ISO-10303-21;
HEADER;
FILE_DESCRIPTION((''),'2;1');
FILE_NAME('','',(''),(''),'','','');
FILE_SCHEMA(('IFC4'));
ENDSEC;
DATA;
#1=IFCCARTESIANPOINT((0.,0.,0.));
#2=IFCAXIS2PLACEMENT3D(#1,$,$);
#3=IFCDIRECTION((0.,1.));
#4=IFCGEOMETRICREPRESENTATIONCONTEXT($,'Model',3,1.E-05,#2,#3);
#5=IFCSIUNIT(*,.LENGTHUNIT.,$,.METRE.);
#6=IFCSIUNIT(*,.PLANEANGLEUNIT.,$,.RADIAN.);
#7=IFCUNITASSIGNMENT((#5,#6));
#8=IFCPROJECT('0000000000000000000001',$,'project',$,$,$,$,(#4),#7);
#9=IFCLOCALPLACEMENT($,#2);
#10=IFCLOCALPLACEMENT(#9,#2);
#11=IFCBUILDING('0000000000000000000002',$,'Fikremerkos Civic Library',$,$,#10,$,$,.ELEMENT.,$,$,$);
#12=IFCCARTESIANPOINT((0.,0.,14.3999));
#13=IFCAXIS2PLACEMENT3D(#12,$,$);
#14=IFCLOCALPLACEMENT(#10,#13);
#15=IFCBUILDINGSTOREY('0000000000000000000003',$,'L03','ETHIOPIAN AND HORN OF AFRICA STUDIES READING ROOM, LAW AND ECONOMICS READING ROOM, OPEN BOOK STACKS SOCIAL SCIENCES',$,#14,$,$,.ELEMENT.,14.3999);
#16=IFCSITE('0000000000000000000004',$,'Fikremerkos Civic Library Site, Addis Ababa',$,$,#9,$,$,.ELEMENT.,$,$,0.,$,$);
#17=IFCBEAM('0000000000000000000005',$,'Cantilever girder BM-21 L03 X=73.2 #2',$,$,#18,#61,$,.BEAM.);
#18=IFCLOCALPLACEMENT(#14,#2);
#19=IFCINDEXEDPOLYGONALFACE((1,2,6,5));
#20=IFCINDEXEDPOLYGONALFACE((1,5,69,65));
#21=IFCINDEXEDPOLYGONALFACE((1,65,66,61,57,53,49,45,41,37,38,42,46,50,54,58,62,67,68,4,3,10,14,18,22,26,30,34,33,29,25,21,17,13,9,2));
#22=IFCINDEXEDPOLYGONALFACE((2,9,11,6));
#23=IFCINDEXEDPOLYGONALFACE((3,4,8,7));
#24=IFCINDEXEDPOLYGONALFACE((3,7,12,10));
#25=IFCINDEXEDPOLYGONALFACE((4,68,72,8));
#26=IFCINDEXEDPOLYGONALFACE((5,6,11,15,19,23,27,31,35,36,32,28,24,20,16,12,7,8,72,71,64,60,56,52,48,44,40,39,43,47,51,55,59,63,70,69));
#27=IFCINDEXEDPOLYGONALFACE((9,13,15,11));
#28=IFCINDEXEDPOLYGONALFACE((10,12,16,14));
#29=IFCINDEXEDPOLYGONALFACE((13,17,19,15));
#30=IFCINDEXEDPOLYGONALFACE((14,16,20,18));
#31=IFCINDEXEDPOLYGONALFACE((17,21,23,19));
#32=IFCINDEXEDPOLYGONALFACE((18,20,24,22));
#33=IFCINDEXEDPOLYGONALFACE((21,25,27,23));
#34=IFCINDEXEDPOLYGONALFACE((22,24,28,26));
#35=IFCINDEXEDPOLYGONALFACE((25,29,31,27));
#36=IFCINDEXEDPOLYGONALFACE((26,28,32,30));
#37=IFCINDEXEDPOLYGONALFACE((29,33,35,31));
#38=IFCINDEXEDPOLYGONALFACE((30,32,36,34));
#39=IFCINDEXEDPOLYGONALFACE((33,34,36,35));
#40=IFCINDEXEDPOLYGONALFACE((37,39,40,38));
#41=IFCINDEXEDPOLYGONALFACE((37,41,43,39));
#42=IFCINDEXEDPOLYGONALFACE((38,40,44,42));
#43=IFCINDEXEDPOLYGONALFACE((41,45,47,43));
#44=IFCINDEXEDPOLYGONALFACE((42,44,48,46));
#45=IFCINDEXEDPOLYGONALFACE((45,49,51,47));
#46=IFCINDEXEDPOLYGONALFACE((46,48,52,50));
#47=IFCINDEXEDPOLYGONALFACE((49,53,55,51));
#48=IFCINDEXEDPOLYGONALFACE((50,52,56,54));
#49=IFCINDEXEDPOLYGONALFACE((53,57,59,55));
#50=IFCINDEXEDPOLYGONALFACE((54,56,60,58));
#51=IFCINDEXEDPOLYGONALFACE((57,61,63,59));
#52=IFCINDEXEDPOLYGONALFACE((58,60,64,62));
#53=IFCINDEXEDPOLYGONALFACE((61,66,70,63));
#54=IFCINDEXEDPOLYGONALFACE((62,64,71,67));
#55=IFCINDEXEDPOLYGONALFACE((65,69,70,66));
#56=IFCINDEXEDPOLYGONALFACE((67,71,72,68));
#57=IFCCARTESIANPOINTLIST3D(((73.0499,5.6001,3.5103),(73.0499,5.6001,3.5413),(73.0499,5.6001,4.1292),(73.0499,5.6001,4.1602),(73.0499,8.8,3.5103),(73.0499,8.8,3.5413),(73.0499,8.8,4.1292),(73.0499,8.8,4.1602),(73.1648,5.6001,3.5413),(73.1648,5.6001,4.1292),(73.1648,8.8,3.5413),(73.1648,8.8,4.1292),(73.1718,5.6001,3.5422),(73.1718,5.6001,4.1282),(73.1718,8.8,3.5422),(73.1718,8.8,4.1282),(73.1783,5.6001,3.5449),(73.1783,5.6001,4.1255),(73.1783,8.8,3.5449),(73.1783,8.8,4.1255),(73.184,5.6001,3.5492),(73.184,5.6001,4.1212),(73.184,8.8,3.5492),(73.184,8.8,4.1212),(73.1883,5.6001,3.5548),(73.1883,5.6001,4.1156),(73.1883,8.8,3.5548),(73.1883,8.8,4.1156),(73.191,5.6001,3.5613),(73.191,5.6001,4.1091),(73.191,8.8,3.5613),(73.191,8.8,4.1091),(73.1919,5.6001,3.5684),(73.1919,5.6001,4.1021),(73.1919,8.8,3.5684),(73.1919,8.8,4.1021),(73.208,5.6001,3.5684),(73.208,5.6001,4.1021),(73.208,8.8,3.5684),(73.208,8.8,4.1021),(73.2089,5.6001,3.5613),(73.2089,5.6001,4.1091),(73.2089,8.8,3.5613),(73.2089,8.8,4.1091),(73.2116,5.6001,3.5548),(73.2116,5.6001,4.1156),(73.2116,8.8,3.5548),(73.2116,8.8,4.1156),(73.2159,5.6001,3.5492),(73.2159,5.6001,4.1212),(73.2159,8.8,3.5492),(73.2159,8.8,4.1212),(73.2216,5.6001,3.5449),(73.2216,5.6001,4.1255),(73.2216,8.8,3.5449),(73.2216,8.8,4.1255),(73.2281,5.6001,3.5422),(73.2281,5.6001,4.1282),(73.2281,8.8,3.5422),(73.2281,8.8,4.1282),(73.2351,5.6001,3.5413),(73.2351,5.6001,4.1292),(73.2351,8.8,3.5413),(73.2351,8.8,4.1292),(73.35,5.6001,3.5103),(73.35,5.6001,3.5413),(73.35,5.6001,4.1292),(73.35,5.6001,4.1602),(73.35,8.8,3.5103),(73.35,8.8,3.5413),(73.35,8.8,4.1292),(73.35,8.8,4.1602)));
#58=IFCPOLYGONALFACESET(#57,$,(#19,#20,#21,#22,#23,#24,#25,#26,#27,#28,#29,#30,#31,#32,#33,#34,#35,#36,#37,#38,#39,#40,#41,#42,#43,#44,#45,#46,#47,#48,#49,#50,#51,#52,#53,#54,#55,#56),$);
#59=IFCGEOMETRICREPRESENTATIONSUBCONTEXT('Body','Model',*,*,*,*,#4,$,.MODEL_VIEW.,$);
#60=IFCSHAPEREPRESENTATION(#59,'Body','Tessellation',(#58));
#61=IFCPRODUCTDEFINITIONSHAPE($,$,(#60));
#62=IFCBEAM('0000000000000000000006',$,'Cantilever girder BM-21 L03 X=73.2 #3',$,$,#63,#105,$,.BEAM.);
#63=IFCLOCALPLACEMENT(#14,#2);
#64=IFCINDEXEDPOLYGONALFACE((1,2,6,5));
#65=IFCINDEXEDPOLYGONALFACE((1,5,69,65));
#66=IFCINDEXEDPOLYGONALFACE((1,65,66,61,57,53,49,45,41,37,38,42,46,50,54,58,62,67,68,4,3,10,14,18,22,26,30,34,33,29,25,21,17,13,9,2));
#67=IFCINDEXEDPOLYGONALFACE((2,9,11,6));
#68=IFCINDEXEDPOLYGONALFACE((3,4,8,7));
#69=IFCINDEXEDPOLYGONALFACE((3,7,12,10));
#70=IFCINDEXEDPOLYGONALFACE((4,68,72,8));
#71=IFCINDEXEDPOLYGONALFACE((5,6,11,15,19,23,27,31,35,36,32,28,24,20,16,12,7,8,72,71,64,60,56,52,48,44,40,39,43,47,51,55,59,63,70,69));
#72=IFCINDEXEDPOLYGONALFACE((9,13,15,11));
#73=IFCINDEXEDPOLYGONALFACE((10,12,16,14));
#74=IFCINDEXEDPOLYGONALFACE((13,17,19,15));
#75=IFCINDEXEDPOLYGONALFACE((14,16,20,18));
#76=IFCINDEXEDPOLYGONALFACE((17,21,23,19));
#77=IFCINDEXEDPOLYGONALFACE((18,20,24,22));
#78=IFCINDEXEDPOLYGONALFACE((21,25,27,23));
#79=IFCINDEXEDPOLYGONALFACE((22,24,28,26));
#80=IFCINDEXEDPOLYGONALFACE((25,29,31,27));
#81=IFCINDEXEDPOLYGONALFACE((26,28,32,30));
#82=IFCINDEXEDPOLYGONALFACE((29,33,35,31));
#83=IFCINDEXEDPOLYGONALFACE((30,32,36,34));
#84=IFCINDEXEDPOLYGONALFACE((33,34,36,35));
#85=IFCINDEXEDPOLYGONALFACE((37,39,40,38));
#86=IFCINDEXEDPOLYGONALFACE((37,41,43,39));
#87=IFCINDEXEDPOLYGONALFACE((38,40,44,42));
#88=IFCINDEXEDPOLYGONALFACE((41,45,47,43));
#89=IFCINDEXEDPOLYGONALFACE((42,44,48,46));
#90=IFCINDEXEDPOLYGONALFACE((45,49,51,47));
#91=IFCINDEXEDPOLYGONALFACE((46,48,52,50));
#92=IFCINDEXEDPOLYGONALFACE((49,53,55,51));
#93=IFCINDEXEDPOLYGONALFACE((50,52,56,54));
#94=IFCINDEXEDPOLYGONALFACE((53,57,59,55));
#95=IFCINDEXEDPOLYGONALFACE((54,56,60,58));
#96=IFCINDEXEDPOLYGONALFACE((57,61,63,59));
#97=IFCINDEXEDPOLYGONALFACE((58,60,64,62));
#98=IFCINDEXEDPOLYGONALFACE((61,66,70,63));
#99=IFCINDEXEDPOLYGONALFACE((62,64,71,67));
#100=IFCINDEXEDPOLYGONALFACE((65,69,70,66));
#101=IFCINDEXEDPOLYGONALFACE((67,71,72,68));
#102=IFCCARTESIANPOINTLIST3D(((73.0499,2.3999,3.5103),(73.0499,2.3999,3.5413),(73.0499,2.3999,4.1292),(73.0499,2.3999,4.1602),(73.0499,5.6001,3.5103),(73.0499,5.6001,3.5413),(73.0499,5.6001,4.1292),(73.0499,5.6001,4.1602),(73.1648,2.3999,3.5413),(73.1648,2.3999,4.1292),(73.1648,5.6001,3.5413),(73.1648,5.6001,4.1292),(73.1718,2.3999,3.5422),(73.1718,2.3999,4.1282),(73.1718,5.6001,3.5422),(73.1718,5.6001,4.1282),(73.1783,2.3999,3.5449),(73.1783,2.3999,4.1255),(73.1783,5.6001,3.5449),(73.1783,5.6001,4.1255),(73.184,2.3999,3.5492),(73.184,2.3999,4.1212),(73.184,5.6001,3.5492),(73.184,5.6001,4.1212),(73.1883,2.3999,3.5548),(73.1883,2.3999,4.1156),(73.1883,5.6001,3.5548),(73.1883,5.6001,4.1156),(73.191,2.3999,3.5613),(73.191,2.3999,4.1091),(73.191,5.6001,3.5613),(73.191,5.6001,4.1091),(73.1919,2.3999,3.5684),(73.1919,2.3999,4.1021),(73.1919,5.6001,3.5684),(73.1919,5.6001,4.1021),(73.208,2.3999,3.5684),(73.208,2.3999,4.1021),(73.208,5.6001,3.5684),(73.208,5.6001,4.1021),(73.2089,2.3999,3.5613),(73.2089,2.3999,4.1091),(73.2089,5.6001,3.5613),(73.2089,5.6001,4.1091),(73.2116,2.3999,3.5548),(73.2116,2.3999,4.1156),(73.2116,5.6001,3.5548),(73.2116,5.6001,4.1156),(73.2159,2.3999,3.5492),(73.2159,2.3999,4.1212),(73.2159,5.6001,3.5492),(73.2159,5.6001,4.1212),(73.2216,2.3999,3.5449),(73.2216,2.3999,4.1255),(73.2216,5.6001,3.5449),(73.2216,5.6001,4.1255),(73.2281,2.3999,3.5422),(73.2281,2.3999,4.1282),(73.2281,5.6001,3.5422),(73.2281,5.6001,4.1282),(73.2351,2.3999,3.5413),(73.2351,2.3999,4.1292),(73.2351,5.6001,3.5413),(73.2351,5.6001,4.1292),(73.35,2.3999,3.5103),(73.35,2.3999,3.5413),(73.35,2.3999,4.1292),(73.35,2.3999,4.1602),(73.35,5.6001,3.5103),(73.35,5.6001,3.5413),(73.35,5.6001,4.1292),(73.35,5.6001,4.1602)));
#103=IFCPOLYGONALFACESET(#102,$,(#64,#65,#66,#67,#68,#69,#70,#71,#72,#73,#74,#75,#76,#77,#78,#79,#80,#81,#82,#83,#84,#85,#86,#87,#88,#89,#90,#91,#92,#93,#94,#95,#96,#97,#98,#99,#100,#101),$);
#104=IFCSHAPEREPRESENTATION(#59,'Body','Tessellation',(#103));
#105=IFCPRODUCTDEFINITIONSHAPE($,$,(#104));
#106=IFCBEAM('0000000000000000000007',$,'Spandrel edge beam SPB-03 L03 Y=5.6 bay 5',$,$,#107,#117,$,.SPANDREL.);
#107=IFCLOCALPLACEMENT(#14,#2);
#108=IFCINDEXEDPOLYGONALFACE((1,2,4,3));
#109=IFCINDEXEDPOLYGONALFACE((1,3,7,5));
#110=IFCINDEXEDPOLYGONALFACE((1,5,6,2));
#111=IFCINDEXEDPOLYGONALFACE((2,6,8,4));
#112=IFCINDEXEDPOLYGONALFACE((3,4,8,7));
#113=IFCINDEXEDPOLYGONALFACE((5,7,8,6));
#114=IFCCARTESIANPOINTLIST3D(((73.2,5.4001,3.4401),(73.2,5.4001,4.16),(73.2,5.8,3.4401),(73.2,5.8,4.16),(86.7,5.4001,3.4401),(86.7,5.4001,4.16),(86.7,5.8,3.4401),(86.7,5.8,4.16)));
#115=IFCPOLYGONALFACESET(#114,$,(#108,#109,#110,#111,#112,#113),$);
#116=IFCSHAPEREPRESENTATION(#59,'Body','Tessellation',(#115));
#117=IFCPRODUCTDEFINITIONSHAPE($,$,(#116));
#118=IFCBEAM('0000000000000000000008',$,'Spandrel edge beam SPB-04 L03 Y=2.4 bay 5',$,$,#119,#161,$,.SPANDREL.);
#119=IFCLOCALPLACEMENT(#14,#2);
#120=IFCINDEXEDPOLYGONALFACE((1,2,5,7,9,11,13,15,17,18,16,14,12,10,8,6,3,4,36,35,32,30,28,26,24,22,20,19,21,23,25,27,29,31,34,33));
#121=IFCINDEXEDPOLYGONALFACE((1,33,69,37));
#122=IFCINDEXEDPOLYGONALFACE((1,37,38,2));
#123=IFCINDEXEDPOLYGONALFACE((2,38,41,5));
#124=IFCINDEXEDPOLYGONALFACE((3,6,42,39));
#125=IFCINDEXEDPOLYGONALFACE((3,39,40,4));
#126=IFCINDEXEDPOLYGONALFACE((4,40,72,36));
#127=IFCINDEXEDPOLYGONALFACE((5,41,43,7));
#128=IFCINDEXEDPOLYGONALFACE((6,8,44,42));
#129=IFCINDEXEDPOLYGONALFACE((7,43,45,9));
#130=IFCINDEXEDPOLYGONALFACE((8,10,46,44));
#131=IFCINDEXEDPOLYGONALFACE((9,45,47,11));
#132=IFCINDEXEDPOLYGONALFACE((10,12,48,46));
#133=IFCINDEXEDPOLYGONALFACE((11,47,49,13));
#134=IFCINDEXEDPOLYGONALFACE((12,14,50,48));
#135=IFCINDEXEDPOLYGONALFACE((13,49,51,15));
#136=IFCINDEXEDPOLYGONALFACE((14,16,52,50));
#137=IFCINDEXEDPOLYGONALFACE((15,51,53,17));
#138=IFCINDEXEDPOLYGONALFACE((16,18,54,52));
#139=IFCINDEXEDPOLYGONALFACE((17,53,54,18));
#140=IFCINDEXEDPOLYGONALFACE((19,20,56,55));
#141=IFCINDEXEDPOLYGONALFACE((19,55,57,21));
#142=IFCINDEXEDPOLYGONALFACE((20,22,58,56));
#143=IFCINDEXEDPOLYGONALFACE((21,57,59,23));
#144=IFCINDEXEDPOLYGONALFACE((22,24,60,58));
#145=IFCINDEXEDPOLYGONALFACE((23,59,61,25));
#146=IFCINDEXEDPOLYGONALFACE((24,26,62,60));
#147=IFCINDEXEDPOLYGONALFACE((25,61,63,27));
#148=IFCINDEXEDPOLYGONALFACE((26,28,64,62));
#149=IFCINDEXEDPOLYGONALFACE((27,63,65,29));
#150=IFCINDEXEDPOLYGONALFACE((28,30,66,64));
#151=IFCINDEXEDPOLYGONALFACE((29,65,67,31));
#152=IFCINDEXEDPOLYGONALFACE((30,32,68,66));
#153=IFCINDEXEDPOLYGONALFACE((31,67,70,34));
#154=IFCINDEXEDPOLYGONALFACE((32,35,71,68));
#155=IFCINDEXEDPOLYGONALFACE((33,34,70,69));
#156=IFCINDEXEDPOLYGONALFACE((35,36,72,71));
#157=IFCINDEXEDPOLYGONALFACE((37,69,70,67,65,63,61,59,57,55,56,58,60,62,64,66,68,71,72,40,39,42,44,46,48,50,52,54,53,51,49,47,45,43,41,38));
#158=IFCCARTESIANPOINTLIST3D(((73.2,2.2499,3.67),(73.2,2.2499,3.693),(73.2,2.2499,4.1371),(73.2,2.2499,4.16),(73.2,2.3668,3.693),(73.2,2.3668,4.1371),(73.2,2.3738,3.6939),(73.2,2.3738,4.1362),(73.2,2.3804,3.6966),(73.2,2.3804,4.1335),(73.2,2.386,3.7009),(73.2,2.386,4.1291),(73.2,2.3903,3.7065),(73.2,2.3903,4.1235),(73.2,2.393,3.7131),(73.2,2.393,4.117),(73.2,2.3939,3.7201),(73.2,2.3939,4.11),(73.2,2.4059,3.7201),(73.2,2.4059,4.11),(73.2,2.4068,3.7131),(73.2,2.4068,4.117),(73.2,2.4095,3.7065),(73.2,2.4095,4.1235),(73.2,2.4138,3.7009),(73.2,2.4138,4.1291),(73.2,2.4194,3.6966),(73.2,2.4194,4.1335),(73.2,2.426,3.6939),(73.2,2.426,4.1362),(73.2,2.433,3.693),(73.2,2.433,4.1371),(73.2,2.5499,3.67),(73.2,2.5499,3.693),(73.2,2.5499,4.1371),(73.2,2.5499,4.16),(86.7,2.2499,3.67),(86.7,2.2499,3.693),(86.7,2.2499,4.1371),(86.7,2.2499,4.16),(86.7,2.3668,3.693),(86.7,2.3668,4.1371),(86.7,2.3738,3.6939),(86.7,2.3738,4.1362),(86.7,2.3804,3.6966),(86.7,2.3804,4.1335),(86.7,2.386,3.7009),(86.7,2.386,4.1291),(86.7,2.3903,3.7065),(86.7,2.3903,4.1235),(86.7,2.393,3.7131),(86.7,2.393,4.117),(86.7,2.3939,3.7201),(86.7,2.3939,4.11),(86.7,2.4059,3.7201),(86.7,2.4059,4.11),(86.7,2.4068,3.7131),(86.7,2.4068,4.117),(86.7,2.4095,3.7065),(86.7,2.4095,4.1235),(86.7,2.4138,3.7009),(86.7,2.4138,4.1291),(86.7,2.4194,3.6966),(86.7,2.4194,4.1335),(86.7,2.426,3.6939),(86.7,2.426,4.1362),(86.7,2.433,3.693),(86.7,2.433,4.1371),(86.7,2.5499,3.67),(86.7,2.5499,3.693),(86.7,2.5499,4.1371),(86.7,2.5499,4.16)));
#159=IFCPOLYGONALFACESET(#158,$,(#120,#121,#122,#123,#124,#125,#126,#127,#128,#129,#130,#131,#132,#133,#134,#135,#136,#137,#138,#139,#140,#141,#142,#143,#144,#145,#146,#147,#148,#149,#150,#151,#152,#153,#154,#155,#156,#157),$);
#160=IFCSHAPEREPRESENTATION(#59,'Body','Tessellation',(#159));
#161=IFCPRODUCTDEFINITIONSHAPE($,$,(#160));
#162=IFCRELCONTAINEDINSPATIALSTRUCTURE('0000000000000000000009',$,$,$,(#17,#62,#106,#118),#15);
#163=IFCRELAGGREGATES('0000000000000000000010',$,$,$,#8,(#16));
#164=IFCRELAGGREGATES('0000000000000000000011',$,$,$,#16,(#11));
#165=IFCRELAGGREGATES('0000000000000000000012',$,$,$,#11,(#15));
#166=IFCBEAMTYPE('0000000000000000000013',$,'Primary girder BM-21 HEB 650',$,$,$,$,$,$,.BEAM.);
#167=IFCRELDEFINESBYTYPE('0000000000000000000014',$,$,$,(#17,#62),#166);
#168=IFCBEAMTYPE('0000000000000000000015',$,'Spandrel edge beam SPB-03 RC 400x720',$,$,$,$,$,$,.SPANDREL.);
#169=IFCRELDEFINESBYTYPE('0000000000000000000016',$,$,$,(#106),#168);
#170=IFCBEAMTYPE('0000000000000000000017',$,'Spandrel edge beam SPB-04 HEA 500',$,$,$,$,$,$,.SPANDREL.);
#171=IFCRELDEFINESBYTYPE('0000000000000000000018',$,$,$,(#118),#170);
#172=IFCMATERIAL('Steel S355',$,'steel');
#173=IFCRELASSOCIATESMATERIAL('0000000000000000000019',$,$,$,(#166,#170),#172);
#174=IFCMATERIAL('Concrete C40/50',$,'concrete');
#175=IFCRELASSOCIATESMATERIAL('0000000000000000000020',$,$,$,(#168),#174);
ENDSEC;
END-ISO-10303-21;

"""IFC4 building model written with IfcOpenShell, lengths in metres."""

from ifc_helpers import new_model, si_unit, direction, frame, origin, origin_2d, place, context, subcontext, project, spatial, rectangle, i_section, extrude, material, material_profile, profile_set, type_object, element, save


model = new_model("IFC4")

# Units and contexts
model_context = context("Model", 3, precision=1e-05, world=origin(), true_north=direction((0.0, 1.0)))
body_context = subcontext(model_context, "Body", "Model", "MODEL_VIEW")
ifc_project = project(units=[si_unit("LENGTHUNIT", "METRE"), si_unit("PLANEANGLEUNIT", "RADIAN")], contexts=[model_context])

# Site, building, storey
site_placement = place(None, origin())
site = spatial("IfcSite", under=ifc_project, at=site_placement, Name="Fikremerkos Civic Library Site, Addis Ababa", CompositionType="ELEMENT", RefElevation=0.0)
building_placement = place(site_placement, origin())
building = spatial("IfcBuilding", under=site, at=building_placement, Name="Fikremerkos Civic Library", CompositionType="ELEMENT")
storey_placement = place(building_placement, frame((0.0, 0.0, 14.3999)))
storey = spatial("IfcBuildingStorey", under=building, at=storey_placement, Name="L03", Description="ETHIOPIAN AND HORN OF AFRICA STUDIES READING ROOM, LAW AND ECONOMICS READING ROOM, OPEN BOOK STACKS SOCIAL SCIENCES", CompositionType="ELEMENT", Elevation=14.3999)

# Shared definitions
ifc_material_1 = material(Name="Steel S355", Category="steel")

# Beams
ifc_material_profile_1 = material_profile(ifc_material_1, i_section(OverallWidth=0.3, OverallDepth=0.6499, WebThickness=0.0161, FlangeThickness=0.031, FilletRadius=0.0271, at=origin_2d()), Name="HEB 650")
ifc_profile_set_1 = profile_set([ifc_material_profile_1], Name="Steel S355")
beam_type_1 = type_object("IfcBeamType", Name="Primary girder BM-21 HEB 650", PredefinedType="BEAM", material=ifc_profile_set_1)
beam_1_placement = place(storey_placement, frame((73.2, 8.8, 3.8352), z_axis=(0.0, -1.0, 0.0), x_axis=(1.0, 0.0, 0.0)))
element("IfcBeam", 1, at=beam_1_placement, inside=storey, type_object=beam_type_1, Name="Cantilever girder BM-21 L03 X=73.2 #2", PredefinedType="BEAM", context=body_context, shape_type="SweptSolid", body=[
    extrude(i_section(OverallWidth=0.3, OverallDepth=0.6499, WebThickness=0.0161, FlangeThickness=0.031, FilletRadius=0.0271, at=origin_2d()), origin(), (0.0, 0.0, 1.0), 3.2),
])
beam_2_placement = place(storey_placement, frame((73.2, 5.6001, 3.8352), z_axis=(0.0, -1.0, 0.0), x_axis=(1.0, 0.0, 0.0)))
element("IfcBeam", 2, at=beam_2_placement, inside=storey, type_object=beam_type_1, Name="Cantilever girder BM-21 L03 X=73.2 #3", PredefinedType="BEAM", context=body_context, shape_type="SweptSolid", body=[
    extrude(i_section(OverallWidth=0.3, OverallDepth=0.6499, WebThickness=0.0161, FlangeThickness=0.031, FilletRadius=0.0271, at=origin_2d()), origin(), (0.0, 0.0, 1.0), 3.2002),
])
ifc_material_2 = material(Name="Concrete C40/50", Category="concrete")
ifc_material_profile_2 = material_profile(ifc_material_2, rectangle(XDim=0.3999, YDim=0.72, at=origin_2d()), Name="RC 400x720")
ifc_profile_set_2 = profile_set([ifc_material_profile_2], Name="Concrete C40/50")
beam_type_2 = type_object("IfcBeamType", Name="Spandrel edge beam SPB-03 RC 400x720", PredefinedType="SPANDREL", material=ifc_profile_set_2)
beam_3_placement = place(storey_placement, frame((73.2, 5.6001, 3.8), z_axis=(1.0, 0.0, 0.0), x_axis=(0.0, 1.0, 0.0)))
element("IfcBeam", 3, at=beam_3_placement, inside=storey, type_object=beam_type_2, Name="Spandrel edge beam SPB-03 L03 Y=5.6 bay 5", PredefinedType="SPANDREL", context=body_context, shape_type="SweptSolid", body=[
    extrude(rectangle(XDim=0.3999, YDim=0.72, at=origin_2d()), origin(), (0.0, 0.0, 1.0), 13.5),
])
ifc_material_profile_3 = material_profile(ifc_material_1, i_section(OverallWidth=0.3, OverallDepth=0.49, WebThickness=0.012, FlangeThickness=0.0229, FilletRadius=0.0271, at=origin_2d()), Name="HEA 500")
ifc_profile_set_3 = profile_set([ifc_material_profile_3], Name="Steel S355")
beam_type_3 = type_object("IfcBeamType", Name="Spandrel edge beam SPB-04 HEA 500", PredefinedType="SPANDREL", material=ifc_profile_set_3)
beam_4_placement = place(storey_placement, frame((73.2, 2.3999, 3.915), z_axis=(1.0, 0.0, 0.0), x_axis=(0.0, 1.0, 0.0)))
element("IfcBeam", 4, at=beam_4_placement, inside=storey, type_object=beam_type_3, Name="Spandrel edge beam SPB-04 L03 Y=2.4 bay 5", PredefinedType="SPANDREL", context=body_context, shape_type="SweptSolid", body=[
    extrude(i_section(OverallWidth=0.3, OverallDepth=0.49, WebThickness=0.012, FlangeThickness=0.0229, FilletRadius=0.0271, at=origin_2d()), origin(), (0.0, 0.0, 1.0), 13.5),
])

save(model, "model.ifc")
